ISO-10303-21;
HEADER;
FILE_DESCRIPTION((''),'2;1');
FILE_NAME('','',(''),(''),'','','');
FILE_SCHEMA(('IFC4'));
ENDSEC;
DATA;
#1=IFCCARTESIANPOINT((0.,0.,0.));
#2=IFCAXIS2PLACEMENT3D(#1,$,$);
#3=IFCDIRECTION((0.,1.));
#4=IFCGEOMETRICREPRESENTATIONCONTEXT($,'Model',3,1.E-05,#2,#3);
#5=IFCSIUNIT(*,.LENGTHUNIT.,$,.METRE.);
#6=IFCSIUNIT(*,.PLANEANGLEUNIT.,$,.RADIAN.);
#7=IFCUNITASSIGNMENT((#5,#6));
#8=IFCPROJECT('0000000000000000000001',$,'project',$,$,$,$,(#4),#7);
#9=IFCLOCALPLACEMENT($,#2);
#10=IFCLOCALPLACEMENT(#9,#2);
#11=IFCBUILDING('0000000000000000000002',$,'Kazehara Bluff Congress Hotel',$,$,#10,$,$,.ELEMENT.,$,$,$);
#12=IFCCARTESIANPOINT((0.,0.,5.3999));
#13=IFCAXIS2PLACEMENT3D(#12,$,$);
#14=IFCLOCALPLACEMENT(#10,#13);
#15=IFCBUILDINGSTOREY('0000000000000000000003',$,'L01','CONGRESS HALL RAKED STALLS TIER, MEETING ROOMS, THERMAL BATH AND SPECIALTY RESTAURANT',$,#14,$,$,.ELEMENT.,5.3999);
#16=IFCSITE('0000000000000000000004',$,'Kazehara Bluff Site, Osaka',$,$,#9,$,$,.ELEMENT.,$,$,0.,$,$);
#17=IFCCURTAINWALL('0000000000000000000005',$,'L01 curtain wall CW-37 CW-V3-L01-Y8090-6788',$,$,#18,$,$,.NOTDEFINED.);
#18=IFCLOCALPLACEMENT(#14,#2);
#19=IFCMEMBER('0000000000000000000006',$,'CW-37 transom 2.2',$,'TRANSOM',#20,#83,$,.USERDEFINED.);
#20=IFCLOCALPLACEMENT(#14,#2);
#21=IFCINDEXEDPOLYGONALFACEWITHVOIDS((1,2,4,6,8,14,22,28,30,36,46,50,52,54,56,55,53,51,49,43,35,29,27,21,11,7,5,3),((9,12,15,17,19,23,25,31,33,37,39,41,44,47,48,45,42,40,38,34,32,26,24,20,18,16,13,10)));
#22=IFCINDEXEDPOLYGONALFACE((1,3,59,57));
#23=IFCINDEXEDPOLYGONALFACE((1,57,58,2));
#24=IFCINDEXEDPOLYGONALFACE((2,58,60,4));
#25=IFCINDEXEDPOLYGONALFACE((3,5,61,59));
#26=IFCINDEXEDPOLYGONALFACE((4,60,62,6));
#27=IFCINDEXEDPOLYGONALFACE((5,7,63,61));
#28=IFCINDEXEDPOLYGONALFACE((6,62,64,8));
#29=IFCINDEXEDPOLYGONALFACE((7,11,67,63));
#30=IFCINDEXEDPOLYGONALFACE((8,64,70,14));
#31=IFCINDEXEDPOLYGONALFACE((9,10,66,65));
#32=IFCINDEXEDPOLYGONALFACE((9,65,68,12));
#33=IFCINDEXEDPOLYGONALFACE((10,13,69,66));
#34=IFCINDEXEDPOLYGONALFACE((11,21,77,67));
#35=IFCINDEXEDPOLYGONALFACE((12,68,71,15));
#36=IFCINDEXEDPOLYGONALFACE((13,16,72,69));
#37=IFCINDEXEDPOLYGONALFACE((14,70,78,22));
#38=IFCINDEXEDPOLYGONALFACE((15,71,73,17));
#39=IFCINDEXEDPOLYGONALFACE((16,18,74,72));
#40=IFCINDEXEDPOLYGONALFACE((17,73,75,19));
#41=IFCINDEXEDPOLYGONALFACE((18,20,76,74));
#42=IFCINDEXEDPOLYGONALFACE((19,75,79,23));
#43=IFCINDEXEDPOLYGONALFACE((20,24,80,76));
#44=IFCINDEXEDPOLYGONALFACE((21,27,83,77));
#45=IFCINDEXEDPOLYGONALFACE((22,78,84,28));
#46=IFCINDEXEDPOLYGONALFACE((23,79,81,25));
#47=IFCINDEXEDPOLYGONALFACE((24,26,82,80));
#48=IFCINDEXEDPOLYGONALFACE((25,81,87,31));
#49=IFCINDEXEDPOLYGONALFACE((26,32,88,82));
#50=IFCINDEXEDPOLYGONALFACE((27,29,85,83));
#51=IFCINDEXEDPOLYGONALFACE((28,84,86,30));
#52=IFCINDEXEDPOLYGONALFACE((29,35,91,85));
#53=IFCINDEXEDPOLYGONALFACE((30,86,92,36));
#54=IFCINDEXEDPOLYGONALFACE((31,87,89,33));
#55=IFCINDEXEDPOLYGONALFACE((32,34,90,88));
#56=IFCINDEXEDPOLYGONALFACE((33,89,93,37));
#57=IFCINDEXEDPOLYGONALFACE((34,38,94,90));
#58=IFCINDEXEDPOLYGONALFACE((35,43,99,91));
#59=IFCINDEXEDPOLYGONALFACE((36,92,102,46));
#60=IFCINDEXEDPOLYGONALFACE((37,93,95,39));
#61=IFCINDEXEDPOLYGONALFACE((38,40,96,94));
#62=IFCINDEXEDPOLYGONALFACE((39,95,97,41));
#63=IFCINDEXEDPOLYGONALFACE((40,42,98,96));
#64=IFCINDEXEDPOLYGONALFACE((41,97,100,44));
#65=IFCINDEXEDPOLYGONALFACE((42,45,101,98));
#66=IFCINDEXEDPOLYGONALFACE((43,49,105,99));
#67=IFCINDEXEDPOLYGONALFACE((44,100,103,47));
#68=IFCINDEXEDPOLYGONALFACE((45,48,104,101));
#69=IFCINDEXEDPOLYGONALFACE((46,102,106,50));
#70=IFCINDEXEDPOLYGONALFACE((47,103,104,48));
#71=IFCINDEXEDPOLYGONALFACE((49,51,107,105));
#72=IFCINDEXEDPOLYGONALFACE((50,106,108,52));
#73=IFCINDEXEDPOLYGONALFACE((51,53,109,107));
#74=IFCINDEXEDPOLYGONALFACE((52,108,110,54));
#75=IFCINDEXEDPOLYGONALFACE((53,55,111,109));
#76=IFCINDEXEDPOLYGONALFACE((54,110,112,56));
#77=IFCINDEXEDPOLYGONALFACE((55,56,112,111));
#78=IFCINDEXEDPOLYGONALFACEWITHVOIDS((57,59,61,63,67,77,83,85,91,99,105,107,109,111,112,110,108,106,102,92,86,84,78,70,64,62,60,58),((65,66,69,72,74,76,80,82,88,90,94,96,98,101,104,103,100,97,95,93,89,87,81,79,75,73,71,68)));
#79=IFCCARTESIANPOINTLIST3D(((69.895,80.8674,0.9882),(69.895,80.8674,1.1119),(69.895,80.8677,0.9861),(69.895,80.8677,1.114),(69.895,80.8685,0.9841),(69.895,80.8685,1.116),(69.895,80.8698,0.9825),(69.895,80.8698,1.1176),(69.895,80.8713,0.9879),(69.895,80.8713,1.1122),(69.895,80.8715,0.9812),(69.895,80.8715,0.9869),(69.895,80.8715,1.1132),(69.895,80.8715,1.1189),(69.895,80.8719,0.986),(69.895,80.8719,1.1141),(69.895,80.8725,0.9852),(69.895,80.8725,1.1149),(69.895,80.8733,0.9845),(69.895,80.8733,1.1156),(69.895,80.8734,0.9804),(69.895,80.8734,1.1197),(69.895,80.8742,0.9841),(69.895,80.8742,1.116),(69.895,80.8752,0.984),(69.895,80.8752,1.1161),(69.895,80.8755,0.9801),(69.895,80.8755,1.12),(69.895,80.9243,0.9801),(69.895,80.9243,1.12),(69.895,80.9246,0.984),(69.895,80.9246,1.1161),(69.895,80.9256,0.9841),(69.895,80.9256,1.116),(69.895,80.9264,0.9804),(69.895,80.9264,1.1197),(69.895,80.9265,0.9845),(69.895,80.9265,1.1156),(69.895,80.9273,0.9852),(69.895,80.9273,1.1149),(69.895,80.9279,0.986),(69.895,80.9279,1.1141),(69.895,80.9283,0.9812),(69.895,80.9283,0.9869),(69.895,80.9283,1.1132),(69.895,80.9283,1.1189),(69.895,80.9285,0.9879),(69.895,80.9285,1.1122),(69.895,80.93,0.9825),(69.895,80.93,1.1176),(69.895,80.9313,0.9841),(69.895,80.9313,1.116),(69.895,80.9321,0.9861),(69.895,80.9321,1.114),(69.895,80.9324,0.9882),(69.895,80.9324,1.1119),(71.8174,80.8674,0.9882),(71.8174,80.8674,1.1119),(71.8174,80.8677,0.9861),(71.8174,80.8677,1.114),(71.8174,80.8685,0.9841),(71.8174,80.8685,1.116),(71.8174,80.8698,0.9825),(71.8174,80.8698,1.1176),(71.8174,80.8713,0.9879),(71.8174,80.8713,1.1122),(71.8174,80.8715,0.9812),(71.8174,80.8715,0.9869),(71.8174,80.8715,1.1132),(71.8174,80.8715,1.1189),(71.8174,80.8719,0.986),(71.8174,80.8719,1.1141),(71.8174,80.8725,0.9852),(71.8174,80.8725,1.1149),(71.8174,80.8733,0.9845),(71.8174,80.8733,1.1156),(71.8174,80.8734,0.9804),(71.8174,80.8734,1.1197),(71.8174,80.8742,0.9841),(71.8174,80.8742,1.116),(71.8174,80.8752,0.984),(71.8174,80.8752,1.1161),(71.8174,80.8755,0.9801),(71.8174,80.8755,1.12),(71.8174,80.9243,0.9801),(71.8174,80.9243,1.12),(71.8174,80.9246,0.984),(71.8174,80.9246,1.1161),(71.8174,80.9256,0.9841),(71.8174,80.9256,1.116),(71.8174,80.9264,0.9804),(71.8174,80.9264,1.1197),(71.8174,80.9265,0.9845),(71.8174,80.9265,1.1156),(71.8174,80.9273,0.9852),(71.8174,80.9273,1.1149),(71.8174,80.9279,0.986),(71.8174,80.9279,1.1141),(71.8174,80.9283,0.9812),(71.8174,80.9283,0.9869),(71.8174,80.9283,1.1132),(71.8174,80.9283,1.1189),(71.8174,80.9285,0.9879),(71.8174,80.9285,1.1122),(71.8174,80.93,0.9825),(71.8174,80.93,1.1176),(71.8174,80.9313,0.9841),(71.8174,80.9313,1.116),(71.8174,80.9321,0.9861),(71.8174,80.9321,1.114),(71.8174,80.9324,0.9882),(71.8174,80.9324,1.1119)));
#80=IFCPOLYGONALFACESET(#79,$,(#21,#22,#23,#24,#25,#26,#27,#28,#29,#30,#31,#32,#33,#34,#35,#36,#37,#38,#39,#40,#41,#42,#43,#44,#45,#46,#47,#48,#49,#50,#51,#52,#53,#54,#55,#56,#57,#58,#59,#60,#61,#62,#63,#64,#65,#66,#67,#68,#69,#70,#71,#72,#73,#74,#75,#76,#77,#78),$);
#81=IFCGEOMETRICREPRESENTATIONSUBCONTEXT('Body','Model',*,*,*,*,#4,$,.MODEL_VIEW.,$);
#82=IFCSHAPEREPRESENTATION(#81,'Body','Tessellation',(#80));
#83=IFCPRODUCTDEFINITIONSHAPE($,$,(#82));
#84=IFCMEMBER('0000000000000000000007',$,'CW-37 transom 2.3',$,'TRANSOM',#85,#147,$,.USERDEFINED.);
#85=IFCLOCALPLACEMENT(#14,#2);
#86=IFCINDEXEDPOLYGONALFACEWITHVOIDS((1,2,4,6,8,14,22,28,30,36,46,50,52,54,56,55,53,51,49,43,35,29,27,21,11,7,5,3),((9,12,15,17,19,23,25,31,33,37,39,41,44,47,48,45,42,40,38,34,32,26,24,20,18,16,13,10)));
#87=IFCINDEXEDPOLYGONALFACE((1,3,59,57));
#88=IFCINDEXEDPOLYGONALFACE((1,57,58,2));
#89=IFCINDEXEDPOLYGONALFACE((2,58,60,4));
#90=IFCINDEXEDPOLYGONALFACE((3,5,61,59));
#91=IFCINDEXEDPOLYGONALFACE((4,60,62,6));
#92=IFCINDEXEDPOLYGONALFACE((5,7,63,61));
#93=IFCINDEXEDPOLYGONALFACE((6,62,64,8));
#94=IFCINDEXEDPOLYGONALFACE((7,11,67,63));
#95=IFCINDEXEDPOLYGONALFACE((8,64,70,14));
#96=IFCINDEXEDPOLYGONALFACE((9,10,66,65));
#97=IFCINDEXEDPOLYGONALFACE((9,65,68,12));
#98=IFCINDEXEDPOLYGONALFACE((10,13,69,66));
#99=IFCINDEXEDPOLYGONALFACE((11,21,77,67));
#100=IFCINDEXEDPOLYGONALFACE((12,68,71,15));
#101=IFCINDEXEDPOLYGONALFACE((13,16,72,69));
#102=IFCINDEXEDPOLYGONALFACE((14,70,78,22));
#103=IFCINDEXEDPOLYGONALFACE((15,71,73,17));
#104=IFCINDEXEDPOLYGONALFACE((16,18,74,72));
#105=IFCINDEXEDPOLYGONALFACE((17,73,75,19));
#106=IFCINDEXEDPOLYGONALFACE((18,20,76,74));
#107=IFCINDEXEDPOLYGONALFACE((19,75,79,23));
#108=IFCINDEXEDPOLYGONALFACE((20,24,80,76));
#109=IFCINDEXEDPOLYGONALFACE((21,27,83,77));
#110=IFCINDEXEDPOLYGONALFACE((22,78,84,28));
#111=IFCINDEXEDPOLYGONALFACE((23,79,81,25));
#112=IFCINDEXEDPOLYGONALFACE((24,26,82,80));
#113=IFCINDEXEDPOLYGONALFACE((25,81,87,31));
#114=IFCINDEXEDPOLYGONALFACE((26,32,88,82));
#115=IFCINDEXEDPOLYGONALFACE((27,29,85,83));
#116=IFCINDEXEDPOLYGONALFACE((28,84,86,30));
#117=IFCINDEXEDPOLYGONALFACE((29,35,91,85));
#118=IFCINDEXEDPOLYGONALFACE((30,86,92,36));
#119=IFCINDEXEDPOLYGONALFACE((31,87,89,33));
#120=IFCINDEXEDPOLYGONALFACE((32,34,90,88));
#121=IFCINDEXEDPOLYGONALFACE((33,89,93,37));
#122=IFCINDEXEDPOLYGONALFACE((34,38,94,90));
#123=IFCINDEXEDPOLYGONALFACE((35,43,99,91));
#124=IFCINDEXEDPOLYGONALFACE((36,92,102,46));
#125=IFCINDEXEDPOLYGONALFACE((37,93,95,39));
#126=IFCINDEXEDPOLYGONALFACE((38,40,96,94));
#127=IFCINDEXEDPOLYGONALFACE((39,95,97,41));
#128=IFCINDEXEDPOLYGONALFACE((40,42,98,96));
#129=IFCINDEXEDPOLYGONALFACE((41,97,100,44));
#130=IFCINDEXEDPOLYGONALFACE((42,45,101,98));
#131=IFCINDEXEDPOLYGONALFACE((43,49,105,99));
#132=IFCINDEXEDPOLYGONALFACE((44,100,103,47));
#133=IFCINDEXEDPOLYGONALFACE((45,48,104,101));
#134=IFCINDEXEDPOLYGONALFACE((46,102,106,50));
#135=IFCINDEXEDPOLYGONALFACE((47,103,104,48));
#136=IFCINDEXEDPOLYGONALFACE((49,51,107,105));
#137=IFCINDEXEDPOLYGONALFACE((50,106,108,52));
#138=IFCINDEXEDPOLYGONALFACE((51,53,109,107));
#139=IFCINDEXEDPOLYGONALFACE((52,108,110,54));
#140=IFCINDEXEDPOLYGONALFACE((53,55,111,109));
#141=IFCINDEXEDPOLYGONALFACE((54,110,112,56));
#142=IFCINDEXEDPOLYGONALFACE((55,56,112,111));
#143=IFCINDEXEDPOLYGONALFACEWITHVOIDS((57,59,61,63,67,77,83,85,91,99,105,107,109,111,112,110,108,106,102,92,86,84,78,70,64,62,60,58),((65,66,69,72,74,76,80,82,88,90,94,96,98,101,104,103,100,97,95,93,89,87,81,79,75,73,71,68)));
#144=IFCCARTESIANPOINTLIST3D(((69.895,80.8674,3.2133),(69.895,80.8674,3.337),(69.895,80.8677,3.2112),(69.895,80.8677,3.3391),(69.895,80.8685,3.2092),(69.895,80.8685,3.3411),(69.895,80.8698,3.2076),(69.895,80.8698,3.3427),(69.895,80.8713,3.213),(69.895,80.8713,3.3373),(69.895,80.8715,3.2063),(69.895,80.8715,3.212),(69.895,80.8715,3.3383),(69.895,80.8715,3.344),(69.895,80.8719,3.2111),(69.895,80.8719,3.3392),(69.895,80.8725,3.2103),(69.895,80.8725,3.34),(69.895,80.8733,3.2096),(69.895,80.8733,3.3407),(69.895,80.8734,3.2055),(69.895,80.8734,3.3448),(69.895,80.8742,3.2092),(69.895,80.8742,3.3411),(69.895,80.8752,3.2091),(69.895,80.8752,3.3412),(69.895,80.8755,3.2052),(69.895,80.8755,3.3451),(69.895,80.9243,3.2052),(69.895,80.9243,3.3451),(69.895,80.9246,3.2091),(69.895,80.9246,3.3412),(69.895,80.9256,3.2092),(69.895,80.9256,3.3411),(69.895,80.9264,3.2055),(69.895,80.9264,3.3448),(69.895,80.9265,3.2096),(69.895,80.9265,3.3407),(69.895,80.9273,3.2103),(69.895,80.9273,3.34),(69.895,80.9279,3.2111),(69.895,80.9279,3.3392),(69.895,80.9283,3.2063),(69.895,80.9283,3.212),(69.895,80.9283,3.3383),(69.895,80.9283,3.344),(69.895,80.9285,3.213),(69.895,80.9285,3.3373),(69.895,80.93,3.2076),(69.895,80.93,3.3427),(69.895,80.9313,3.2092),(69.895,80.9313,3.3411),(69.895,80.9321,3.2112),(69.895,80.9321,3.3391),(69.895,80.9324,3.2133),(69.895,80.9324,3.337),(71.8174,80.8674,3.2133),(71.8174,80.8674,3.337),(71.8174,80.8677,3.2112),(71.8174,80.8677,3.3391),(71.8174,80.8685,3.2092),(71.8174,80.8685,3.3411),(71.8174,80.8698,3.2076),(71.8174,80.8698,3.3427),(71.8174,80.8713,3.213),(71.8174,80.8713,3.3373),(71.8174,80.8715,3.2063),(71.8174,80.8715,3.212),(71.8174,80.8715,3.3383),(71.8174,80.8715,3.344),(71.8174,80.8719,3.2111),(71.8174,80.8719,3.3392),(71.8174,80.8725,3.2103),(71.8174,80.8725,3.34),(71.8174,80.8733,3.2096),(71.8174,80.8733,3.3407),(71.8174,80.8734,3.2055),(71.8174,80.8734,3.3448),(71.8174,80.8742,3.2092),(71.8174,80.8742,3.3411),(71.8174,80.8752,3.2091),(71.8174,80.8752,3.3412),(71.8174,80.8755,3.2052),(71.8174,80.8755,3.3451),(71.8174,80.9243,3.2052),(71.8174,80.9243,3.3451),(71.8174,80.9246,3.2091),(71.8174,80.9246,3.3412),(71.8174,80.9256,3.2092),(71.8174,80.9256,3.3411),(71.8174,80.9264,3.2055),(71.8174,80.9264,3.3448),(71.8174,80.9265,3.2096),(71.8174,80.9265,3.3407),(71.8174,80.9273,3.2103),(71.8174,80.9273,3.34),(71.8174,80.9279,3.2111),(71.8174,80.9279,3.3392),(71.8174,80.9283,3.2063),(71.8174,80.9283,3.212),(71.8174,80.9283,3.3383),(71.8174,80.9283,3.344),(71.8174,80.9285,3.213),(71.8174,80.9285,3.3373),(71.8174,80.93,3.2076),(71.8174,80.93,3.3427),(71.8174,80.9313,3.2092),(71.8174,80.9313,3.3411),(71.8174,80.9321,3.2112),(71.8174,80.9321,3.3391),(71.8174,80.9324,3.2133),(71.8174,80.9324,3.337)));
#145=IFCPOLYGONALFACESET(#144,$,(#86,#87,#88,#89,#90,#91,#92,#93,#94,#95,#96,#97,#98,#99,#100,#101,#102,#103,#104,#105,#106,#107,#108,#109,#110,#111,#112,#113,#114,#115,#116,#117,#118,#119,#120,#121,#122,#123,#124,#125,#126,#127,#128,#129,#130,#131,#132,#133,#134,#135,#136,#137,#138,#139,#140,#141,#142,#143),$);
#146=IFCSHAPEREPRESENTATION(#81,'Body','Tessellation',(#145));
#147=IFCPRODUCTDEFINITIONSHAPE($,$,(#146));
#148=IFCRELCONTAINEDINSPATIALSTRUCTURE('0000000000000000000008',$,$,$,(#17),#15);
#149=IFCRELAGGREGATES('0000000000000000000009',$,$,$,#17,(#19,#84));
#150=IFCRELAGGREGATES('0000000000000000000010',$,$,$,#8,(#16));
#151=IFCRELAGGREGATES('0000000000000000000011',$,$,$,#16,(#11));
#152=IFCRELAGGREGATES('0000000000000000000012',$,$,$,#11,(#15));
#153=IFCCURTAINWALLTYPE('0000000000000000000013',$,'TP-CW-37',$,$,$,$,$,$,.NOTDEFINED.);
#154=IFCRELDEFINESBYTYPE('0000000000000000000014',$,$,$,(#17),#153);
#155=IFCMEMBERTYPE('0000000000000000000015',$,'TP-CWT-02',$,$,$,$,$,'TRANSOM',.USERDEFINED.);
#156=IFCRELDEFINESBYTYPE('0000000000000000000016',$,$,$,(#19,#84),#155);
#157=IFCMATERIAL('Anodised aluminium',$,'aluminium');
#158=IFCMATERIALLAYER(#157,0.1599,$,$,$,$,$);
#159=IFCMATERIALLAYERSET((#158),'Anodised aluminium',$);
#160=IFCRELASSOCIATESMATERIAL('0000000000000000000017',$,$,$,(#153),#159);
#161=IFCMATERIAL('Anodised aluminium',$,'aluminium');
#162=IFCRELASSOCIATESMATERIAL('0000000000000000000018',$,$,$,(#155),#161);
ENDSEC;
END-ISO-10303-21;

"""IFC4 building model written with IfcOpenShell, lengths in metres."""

from ifc_helpers import new_model, si_unit, direction, frame, origin, origin_2d, place, context, subcontext, project, spatial, hollow_rectangle, extrude, material, layer, layer_set, material_profile, profile_set, type_object, element, aggregate, save


model = new_model("IFC4")

# Units and contexts
model_context = context("Model", 3, precision=1e-05, world=origin(), true_north=direction((0.0, 1.0)))
body_context = subcontext(model_context, "Body", "Model", "MODEL_VIEW")
ifc_project = project(units=[si_unit("LENGTHUNIT", "METRE"), si_unit("PLANEANGLEUNIT", "RADIAN")], contexts=[model_context])

# Site, building, storey
site_placement = place(None, origin())
site = spatial("IfcSite", under=ifc_project, at=site_placement, Name="Kazehara Bluff Site, Osaka", CompositionType="ELEMENT", RefElevation=0.0)
building_placement = place(site_placement, origin())
building = spatial("IfcBuilding", under=site, at=building_placement, Name="Kazehara Bluff Congress Hotel", CompositionType="ELEMENT")
storey_placement = place(building_placement, frame((0.0, 0.0, 5.3999)))
storey = spatial("IfcBuildingStorey", under=building, at=storey_placement, Name="L01", Description="CONGRESS HALL RAKED STALLS TIER, MEETING ROOMS, THERMAL BATH AND SPECIALTY RESTAURANT", CompositionType="ELEMENT", Elevation=5.3999)

# Curtain wall, members
ifc_material_1 = material(Name="Anodised aluminium", Category="aluminium")
ifc_layer_1 = layer(ifc_material_1, 0.1599)
ifc_layer_set_1 = layer_set([ifc_layer_1], Name="Anodised aluminium")
curtain_wall_type = type_object("IfcCurtainWallType", Name="TP-CW-37", PredefinedType="NOTDEFINED", material=ifc_layer_set_1)
curtain_wall_placement = place(storey_placement, origin())
curtain_wall = element("IfcCurtainWall", 1, at=curtain_wall_placement, inside=storey, type_object=curtain_wall_type, Name="L01 curtain wall CW-37 CW-V3-L01-Y8090-6788", PredefinedType="NOTDEFINED")
ifc_material_2 = material(Name="Anodised aluminium", Category="aluminium")
ifc_material_profile_1 = material_profile(ifc_material_2, hollow_rectangle(XDim=0.0649, YDim=0.1399, WallThickness=0.0039, InnerFilletRadius=0.0039, OuterFilletRadius=0.0081, at=origin_2d()))
ifc_profile_set_1 = profile_set([ifc_material_profile_1], Name="Anodised aluminium")
member_type_1 = type_object("IfcMemberType", Name="TP-CWT-02", ElementType="TRANSOM", PredefinedType="USERDEFINED", material=ifc_profile_set_1)
member_1_placement = place(storey_placement, frame((69.895, 80.8999, 1.05), z_axis=(1.0, 0.0, 0.0), x_axis=(0.0, 1.0, 0.0)))
member_1 = element("IfcMember", 2, at=member_1_placement, type_object=member_type_1, Name="CW-37 transom 2.2", ObjectType="TRANSOM", PredefinedType="USERDEFINED", context=body_context, shape_type="SweptSolid", body=[
    extrude(hollow_rectangle(XDim=0.0649, YDim=0.1399, WallThickness=0.0039, InnerFilletRadius=0.0039, OuterFilletRadius=0.0081, at=origin_2d()), origin(), (0.0, 0.0, 1.0), 1.9224),
])
member_2_placement = place(storey_placement, frame((69.895, 80.8999, 3.2751), z_axis=(1.0, 0.0, 0.0), x_axis=(0.0, 1.0, 0.0)))
member_2 = element("IfcMember", 3, at=member_2_placement, type_object=member_type_1, Name="CW-37 transom 2.3", ObjectType="TRANSOM", PredefinedType="USERDEFINED", context=body_context, shape_type="SweptSolid", body=[
    extrude(hollow_rectangle(XDim=0.0649, YDim=0.1399, WallThickness=0.0039, InnerFilletRadius=0.0039, OuterFilletRadius=0.0081, at=origin_2d()), origin(), (0.0, 0.0, 1.0), 1.9224),
])
aggregate(curtain_wall, [member_1, member_2])

save(model, "model.ifc")
